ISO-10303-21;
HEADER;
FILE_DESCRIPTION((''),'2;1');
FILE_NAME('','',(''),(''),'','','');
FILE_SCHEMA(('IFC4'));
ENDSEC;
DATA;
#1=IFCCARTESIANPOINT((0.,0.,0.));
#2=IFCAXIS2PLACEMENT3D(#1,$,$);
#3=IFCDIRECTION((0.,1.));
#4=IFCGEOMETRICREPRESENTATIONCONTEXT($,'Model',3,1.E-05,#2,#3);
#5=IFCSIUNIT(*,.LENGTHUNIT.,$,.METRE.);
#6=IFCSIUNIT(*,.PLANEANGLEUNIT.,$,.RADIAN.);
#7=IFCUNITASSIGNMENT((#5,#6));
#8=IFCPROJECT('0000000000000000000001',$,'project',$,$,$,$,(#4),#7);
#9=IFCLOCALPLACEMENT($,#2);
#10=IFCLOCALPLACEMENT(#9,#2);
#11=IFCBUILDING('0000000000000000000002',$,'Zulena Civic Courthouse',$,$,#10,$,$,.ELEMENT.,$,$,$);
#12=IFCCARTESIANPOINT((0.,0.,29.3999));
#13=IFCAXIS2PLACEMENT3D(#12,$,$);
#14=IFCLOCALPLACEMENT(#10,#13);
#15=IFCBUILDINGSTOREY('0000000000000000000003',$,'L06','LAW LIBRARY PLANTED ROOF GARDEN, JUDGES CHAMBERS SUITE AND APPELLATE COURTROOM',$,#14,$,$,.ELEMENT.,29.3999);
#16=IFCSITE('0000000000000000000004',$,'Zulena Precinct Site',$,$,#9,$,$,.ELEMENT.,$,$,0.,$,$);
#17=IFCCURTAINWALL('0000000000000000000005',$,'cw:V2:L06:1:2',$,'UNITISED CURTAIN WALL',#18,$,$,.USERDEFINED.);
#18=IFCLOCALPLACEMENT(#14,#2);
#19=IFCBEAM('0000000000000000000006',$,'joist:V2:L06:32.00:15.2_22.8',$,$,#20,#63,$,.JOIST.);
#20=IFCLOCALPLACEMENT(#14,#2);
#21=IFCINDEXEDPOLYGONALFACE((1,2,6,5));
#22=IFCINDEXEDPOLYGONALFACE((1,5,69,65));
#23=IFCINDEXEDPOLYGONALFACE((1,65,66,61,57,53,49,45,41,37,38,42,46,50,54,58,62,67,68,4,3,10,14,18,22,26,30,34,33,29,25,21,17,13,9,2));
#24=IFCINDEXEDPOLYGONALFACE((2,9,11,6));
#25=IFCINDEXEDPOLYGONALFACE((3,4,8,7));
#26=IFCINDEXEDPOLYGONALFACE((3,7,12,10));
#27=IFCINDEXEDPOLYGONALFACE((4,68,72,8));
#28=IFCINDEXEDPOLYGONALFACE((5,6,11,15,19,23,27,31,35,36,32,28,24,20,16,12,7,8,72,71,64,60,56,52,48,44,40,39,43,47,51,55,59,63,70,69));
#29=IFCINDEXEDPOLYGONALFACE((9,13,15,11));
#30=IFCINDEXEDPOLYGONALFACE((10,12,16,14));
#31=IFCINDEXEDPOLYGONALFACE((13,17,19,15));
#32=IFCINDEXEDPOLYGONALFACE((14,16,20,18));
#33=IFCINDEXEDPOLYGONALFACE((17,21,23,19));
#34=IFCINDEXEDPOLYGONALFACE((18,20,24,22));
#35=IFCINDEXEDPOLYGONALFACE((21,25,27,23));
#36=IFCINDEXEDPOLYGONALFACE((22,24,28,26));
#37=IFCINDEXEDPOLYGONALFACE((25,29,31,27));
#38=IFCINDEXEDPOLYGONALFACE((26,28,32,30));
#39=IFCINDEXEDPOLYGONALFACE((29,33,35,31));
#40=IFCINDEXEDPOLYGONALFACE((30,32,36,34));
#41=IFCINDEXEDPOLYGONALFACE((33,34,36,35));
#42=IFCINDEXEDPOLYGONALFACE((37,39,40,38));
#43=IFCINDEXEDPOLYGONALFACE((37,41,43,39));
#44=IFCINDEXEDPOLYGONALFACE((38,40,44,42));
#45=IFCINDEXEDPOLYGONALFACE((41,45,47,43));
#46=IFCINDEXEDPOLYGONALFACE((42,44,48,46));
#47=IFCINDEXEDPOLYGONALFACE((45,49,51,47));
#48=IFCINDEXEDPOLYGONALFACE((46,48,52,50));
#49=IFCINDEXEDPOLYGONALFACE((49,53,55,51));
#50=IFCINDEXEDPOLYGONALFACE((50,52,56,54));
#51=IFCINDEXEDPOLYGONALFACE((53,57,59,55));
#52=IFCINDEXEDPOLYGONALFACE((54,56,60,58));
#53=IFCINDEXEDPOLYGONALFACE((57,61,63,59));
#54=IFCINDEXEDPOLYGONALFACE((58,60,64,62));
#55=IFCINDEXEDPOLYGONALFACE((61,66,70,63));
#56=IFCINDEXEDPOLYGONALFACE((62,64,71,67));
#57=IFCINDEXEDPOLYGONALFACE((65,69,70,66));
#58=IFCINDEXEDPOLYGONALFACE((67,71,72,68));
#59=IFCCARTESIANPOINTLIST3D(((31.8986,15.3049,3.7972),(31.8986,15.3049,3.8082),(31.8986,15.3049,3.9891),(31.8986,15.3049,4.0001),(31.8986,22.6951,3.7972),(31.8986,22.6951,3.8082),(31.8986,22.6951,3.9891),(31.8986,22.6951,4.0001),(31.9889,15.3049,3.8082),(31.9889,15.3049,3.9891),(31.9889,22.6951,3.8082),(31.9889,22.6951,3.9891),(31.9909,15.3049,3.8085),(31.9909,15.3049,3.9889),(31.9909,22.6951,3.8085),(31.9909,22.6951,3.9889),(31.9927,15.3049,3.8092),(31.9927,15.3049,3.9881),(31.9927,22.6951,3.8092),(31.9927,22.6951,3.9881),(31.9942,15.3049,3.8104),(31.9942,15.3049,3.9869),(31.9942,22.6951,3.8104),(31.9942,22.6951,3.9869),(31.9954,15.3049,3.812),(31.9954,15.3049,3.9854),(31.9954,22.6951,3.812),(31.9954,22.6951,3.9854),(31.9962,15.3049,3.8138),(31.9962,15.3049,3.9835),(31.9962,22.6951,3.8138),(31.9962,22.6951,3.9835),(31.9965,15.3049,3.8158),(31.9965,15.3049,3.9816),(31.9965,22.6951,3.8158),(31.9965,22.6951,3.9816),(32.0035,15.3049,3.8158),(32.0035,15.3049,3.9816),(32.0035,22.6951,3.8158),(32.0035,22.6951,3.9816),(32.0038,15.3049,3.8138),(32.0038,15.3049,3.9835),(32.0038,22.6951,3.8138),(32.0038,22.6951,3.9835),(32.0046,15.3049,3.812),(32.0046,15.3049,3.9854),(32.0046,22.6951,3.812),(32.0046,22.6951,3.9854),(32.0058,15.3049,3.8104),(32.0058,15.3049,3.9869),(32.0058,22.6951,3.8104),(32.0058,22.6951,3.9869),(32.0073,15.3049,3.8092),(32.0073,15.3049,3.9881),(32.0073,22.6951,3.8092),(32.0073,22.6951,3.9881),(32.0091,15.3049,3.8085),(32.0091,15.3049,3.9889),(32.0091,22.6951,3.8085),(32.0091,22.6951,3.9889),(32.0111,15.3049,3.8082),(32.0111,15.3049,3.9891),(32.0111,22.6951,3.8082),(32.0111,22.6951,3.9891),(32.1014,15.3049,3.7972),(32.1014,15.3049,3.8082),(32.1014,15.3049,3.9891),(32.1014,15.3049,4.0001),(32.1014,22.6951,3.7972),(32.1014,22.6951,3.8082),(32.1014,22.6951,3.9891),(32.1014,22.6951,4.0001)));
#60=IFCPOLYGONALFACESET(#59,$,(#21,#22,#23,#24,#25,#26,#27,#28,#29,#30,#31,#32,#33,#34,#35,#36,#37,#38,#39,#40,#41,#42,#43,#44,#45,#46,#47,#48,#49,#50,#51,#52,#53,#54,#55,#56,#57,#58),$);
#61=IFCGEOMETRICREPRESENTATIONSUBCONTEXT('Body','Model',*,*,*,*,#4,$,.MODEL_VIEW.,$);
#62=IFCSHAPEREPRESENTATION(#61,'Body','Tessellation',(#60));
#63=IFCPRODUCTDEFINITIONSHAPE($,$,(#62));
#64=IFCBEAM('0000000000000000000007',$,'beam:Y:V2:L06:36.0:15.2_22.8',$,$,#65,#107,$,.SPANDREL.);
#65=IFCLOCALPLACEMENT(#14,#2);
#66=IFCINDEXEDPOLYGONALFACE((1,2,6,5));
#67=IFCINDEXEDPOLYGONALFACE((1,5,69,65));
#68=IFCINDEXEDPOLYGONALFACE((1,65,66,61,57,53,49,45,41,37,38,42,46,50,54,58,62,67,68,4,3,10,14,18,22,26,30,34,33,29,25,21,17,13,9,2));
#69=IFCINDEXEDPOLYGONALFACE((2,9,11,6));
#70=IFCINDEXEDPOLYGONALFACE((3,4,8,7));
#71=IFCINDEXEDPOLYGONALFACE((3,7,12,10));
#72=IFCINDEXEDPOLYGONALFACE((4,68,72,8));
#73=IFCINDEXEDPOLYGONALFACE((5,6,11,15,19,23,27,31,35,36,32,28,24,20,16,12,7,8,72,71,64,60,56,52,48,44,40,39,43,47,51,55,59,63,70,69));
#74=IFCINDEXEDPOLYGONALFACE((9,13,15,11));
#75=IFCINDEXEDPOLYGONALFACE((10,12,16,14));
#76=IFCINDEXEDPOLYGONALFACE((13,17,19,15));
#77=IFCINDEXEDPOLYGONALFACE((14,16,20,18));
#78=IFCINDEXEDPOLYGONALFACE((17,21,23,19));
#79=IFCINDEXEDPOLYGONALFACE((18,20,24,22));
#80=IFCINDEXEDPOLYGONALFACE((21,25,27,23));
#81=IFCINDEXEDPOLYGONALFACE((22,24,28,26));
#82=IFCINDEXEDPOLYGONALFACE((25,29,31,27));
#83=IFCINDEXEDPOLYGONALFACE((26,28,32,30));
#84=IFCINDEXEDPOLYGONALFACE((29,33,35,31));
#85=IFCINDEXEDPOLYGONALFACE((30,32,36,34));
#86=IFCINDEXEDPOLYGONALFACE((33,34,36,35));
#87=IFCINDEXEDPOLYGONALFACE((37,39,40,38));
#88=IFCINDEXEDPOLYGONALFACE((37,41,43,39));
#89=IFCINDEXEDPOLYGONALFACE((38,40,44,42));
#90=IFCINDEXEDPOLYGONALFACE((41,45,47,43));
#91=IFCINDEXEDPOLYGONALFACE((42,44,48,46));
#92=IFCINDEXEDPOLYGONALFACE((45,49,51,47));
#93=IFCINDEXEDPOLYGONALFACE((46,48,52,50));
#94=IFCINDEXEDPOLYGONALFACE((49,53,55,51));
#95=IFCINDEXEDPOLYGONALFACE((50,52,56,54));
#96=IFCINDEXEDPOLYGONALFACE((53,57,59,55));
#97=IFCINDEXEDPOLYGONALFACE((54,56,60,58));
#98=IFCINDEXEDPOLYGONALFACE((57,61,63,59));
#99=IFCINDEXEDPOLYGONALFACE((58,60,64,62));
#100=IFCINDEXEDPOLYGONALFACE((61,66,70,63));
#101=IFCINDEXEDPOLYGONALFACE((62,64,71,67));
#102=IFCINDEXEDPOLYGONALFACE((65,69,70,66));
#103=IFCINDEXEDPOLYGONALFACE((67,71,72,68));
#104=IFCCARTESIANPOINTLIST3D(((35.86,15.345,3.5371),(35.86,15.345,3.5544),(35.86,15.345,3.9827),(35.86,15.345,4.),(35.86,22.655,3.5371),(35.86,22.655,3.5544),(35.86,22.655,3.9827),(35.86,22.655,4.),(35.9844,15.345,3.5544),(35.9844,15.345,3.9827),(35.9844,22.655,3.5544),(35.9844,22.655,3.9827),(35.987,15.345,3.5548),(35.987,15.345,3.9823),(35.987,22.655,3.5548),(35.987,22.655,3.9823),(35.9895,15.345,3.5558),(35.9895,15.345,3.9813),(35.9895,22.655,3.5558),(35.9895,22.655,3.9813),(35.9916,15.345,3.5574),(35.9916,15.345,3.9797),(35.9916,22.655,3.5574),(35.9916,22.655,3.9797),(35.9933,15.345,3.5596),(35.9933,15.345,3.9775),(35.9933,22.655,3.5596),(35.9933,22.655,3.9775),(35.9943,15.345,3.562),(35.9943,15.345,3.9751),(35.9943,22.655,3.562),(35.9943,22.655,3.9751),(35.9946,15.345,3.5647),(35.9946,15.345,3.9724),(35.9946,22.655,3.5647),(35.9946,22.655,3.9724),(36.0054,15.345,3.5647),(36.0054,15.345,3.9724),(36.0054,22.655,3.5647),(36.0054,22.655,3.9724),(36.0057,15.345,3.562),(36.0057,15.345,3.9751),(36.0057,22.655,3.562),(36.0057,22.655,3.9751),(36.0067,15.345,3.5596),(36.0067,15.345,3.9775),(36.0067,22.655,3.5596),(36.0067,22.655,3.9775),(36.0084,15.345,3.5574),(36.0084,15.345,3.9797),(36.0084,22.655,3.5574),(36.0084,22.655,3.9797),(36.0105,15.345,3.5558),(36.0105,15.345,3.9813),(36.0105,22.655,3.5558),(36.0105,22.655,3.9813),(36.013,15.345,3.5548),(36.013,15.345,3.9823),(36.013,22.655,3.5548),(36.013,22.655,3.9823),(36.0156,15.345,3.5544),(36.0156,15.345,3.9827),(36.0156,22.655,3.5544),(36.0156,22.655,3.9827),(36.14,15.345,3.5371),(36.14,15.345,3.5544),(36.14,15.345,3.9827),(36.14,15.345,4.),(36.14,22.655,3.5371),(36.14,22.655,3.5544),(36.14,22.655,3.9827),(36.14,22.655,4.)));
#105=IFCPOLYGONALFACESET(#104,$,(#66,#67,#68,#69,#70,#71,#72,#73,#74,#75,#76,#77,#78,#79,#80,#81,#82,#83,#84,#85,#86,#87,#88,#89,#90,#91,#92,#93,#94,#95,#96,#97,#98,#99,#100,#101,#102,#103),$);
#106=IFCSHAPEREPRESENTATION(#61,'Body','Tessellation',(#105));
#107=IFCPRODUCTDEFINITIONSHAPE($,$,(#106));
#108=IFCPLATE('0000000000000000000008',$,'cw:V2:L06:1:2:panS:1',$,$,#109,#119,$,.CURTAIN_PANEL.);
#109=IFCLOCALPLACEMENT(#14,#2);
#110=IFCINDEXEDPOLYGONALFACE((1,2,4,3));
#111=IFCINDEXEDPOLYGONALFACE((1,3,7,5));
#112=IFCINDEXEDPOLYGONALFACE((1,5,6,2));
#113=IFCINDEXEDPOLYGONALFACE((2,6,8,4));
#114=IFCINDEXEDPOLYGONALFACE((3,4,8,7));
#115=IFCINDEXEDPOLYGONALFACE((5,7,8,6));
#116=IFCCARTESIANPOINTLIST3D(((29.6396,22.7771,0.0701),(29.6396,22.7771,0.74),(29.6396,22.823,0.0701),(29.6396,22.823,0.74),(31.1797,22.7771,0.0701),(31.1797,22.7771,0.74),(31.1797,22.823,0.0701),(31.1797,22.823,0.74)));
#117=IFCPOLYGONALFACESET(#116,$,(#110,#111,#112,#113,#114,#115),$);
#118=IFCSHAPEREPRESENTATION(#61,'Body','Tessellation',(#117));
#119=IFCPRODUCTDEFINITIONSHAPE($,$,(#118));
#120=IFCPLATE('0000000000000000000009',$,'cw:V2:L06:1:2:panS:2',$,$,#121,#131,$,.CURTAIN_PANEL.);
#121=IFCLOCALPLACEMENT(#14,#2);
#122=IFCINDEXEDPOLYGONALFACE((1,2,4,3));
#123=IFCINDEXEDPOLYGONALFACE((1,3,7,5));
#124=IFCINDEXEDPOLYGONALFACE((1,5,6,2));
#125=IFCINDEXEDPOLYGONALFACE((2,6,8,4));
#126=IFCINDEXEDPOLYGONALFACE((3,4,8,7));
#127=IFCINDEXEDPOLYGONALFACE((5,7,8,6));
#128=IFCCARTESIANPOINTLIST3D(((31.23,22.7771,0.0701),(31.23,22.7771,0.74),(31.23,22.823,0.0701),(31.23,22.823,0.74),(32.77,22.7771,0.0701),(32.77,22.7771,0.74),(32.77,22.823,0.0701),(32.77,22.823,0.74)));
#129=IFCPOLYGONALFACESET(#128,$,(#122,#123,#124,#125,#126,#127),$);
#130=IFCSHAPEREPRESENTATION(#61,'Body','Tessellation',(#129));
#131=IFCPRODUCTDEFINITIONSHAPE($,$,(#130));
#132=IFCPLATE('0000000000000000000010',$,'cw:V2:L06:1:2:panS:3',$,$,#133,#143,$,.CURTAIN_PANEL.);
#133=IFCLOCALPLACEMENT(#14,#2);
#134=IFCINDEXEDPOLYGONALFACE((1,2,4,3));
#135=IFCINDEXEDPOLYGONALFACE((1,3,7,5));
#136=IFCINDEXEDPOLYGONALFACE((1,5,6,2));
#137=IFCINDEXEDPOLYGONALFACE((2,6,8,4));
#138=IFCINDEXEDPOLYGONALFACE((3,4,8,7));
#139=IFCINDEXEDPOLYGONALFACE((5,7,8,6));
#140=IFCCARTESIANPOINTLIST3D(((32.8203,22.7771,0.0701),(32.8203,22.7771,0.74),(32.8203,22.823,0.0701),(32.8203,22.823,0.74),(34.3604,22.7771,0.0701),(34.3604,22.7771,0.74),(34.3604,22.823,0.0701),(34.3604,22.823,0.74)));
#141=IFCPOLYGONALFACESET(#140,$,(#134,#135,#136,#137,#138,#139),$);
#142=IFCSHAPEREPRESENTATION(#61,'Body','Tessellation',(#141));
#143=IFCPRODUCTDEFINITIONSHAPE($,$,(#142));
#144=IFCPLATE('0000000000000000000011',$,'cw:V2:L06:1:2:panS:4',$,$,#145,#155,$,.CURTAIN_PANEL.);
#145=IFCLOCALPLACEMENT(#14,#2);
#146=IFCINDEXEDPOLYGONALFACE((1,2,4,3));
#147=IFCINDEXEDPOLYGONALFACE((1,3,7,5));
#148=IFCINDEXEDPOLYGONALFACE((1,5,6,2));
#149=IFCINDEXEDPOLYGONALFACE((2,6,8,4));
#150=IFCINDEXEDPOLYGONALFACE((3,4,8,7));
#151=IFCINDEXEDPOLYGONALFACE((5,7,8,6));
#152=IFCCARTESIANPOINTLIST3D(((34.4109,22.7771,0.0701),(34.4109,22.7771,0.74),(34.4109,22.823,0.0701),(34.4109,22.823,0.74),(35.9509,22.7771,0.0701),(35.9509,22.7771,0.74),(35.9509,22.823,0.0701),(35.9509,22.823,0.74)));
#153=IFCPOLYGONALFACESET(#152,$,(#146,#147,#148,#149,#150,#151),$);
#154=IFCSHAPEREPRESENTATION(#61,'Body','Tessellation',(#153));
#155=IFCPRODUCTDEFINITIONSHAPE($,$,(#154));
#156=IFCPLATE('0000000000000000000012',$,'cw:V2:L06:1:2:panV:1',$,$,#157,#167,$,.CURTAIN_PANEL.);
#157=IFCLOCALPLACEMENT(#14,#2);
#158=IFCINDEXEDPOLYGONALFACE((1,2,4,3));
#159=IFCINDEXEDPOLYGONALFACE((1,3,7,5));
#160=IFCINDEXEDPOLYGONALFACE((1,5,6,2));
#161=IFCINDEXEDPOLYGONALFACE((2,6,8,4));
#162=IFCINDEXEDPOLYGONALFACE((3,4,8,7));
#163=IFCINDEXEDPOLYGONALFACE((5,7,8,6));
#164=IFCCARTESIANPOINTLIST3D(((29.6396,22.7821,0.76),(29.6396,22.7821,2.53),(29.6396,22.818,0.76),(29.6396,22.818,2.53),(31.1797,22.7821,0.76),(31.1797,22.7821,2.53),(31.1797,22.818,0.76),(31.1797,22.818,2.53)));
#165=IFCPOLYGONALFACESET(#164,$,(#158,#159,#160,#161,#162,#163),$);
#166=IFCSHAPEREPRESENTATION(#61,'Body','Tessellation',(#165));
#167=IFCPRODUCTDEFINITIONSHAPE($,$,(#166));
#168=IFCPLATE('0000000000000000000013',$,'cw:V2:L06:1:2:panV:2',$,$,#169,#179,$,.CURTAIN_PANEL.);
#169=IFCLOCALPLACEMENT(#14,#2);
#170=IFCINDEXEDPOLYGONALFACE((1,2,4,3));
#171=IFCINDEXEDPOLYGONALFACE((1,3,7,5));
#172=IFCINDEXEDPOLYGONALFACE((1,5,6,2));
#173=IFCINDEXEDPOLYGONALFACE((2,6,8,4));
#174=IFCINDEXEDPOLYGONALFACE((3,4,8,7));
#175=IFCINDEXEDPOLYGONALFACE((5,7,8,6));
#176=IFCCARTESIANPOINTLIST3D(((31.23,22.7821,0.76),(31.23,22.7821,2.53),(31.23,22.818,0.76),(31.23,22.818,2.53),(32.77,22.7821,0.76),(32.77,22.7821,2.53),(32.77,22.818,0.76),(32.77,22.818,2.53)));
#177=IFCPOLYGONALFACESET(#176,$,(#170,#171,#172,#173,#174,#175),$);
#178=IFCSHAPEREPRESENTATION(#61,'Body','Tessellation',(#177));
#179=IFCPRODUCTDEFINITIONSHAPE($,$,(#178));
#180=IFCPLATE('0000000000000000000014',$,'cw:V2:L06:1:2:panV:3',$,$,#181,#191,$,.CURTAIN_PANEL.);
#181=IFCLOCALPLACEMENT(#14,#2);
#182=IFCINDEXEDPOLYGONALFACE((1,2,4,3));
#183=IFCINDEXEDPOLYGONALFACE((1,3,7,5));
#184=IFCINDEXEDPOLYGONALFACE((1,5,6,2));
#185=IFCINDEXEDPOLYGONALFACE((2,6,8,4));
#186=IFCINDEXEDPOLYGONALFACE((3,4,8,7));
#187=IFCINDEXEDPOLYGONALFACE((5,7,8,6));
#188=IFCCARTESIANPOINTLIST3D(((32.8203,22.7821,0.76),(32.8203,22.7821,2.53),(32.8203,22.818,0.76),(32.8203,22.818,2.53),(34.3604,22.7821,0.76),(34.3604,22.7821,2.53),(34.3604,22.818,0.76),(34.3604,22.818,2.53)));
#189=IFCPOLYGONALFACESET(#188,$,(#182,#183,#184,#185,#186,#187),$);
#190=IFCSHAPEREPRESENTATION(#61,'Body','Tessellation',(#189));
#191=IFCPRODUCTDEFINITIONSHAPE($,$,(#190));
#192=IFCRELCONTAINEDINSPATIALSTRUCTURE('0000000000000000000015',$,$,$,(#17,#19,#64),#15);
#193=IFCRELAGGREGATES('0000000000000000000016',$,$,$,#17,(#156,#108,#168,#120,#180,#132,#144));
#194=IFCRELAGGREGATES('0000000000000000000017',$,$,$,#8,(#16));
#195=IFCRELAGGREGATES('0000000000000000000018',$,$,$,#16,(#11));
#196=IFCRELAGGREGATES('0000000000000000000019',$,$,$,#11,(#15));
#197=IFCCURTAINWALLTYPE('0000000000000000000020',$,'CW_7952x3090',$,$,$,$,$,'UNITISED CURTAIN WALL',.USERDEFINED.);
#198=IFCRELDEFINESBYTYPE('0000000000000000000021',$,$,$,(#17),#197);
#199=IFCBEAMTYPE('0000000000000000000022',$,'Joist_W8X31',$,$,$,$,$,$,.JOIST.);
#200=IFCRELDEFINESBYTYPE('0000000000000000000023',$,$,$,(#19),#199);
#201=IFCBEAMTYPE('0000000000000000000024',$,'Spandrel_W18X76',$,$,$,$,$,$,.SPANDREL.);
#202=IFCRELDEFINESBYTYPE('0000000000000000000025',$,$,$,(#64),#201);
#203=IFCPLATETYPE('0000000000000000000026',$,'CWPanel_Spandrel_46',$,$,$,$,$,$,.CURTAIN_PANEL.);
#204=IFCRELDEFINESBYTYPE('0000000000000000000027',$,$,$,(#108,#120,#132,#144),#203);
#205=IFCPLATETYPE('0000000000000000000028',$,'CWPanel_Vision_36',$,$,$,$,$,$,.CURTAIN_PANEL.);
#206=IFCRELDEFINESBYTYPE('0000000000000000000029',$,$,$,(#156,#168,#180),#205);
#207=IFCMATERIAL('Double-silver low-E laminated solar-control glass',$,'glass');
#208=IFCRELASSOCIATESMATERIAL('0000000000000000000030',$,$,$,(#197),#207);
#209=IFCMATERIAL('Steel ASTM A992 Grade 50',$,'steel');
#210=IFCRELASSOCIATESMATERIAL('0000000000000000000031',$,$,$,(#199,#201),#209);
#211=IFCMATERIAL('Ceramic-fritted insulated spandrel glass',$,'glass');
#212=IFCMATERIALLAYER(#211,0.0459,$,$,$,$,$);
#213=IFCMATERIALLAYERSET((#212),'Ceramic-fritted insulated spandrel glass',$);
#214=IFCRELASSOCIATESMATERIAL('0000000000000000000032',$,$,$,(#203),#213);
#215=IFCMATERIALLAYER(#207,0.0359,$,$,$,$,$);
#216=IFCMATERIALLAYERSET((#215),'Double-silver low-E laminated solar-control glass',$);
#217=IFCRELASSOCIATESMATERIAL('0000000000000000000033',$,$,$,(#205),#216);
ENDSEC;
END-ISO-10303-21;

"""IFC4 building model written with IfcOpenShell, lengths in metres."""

from ifc_helpers import new_model, si_unit, direction, frame, origin, origin_2d, place, context, subcontext, project, spatial, rectangle, i_section, extrude, material, layer, layer_set, material_profile, profile_set, type_object, element, aggregate, save


model = new_model("IFC4")

# Units and contexts
model_context = context("Model", 3, precision=1e-05, world=origin(), true_north=direction((0.0, 1.0)))
body_context = subcontext(model_context, "Body", "Model", "MODEL_VIEW")
ifc_project = project(units=[si_unit("LENGTHUNIT", "METRE"), si_unit("PLANEANGLEUNIT", "RADIAN")], contexts=[model_context])

# Site, building, storey
site_placement = place(None, origin())
site = spatial("IfcSite", under=ifc_project, at=site_placement, Name="Zulena Precinct Site", CompositionType="ELEMENT", RefElevation=0.0)
building_placement = place(site_placement, origin())
building = spatial("IfcBuilding", under=site, at=building_placement, Name="Zulena Civic Courthouse", CompositionType="ELEMENT")
storey_placement = place(building_placement, frame((0.0, 0.0, 29.3999)))
storey = spatial("IfcBuildingStorey", under=building, at=storey_placement, Name="L06", Description="LAW LIBRARY PLANTED ROOF GARDEN, JUDGES CHAMBERS SUITE AND APPELLATE COURTROOM", CompositionType="ELEMENT", Elevation=29.3999)

# Shared definitions
ifc_material_1 = material(Name="Steel ASTM A992 Grade 50", Category="steel")

# Curtain wall
ifc_material_2 = material(Name="Double-silver low-E laminated solar-control glass", Category="glass")
curtain_wall_type = type_object("IfcCurtainWallType", Name="CW_7952x3090", ElementType="UNITISED CURTAIN WALL", PredefinedType="USERDEFINED", material=ifc_material_2)
curtain_wall_placement = place(storey_placement, origin())
curtain_wall = element("IfcCurtainWall", 1, at=curtain_wall_placement, inside=storey, type_object=curtain_wall_type, Name="cw:V2:L06:1:2", ObjectType="UNITISED CURTAIN WALL", PredefinedType="USERDEFINED")

# Beams
ifc_material_profile_1 = material_profile(ifc_material_1, i_section(OverallWidth=0.2029, OverallDepth=0.2029, WebThickness=0.0071, FlangeThickness=0.011, FilletRadius=0.0076, at=origin_2d()), Name="W8X31")
ifc_profile_set_1 = profile_set([ifc_material_profile_1], Name="Steel ASTM A992 Grade 50")
beam_type_1 = type_object("IfcBeamType", Name="Joist_W8X31", PredefinedType="JOIST", material=ifc_profile_set_1)
beam_1_placement = place(storey_placement, frame((32.0, 15.3049, 3.8987), z_axis=(0.0, 1.0, 0.0), x_axis=(-1.0, 0.0, 0.0)))
element("IfcBeam", 2, at=beam_1_placement, inside=storey, type_object=beam_type_1, Name="joist:V2:L06:32.00:15.2_22.8", PredefinedType="JOIST", context=body_context, shape_type="SweptSolid", body=[
    extrude(i_section(OverallWidth=0.2029, OverallDepth=0.2029, WebThickness=0.0071, FlangeThickness=0.011, FilletRadius=0.0076, at=origin_2d()), origin(), (0.0, 0.0, 1.0), 7.3901),
])
ifc_material_profile_2 = material_profile(ifc_material_1, i_section(OverallWidth=0.28, OverallDepth=0.4629, WebThickness=0.0107, FlangeThickness=0.0173, FilletRadius=0.0103, at=origin_2d()), Name="W18X76")
ifc_profile_set_2 = profile_set([ifc_material_profile_2], Name="Steel ASTM A992 Grade 50")
beam_type_2 = type_object("IfcBeamType", Name="Spandrel_W18X76", PredefinedType="SPANDREL", material=ifc_profile_set_2)
beam_2_placement = place(storey_placement, frame((36.0, 15.345, 3.7686), z_axis=(0.0, 1.0, 0.0), x_axis=(-1.0, 0.0, 0.0)))
element("IfcBeam", 3, at=beam_2_placement, inside=storey, type_object=beam_type_2, Name="beam:Y:V2:L06:36.0:15.2_22.8", PredefinedType="SPANDREL", context=body_context, shape_type="SweptSolid", body=[
    extrude(i_section(OverallWidth=0.28, OverallDepth=0.4629, WebThickness=0.0107, FlangeThickness=0.0173, FilletRadius=0.0103, at=origin_2d()), origin(), (0.0, 0.0, 1.0), 7.3101),
])

# Plates
ifc_material_3 = material(Name="Ceramic-fritted insulated spandrel glass", Category="glass")
ifc_layer_1 = layer(ifc_material_3, 0.0459)
ifc_layer_set_1 = layer_set([ifc_layer_1], Name="Ceramic-fritted insulated spandrel glass")
plate_type_1 = type_object("IfcPlateType", Name="CWPanel_Spandrel_46", PredefinedType="CURTAIN_PANEL", material=ifc_layer_set_1)
plate_1_placement = place(storey_placement, frame((30.4097, 22.8, 0.0701), z_axis=(0.0, 0.0, 1.0), x_axis=(1.0, 0.0, 0.0)))
plate_1 = element("IfcPlate", 4, at=plate_1_placement, type_object=plate_type_1, Name="cw:V2:L06:1:2:panS:1", PredefinedType="CURTAIN_PANEL", context=body_context, shape_type="SweptSolid", body=[
    extrude(rectangle(XDim=1.54, YDim=0.0459, at=origin_2d()), origin(), (0.0, 0.0, 1.0), 0.6699),
])
plate_2_placement = place(storey_placement, frame((32.0, 22.8, 0.0701), z_axis=(0.0, 0.0, 1.0), x_axis=(1.0, 0.0, 0.0)))
plate_2 = element("IfcPlate", 5, at=plate_2_placement, type_object=plate_type_1, Name="cw:V2:L06:1:2:panS:2", PredefinedType="CURTAIN_PANEL", context=body_context, shape_type="SweptSolid", body=[
    extrude(rectangle(XDim=1.54, YDim=0.0459, at=origin_2d()), origin(), (0.0, 0.0, 1.0), 0.6699),
])
plate_3_placement = place(storey_placement, frame((33.5903, 22.8, 0.0701), z_axis=(0.0, 0.0, 1.0), x_axis=(1.0, 0.0, 0.0)))
plate_3 = element("IfcPlate", 6, at=plate_3_placement, type_object=plate_type_1, Name="cw:V2:L06:1:2:panS:3", PredefinedType="CURTAIN_PANEL", context=body_context, shape_type="SweptSolid", body=[
    extrude(rectangle(XDim=1.54, YDim=0.0459, at=origin_2d()), origin(), (0.0, 0.0, 1.0), 0.6699),
])
plate_4_placement = place(storey_placement, frame((35.1809, 22.8, 0.0701), z_axis=(0.0, 0.0, 1.0), x_axis=(1.0, 0.0, 0.0)))
plate_4 = element("IfcPlate", 7, at=plate_4_placement, type_object=plate_type_1, Name="cw:V2:L06:1:2:panS:4", PredefinedType="CURTAIN_PANEL", context=body_context, shape_type="SweptSolid", body=[
    extrude(rectangle(XDim=1.54, YDim=0.0459, at=origin_2d()), origin(), (0.0, 0.0, 1.0), 0.6699),
])
ifc_layer_2 = layer(ifc_material_2, 0.0359)
ifc_layer_set_2 = layer_set([ifc_layer_2], Name="Double-silver low-E laminated solar-control glass")
plate_type_2 = type_object("IfcPlateType", Name="CWPanel_Vision_36", PredefinedType="CURTAIN_PANEL", material=ifc_layer_set_2)
plate_5_placement = place(storey_placement, frame((30.4097, 22.8, 0.76), z_axis=(0.0, 0.0, 1.0), x_axis=(1.0, 0.0, 0.0)))
plate_5 = element("IfcPlate", 8, at=plate_5_placement, type_object=plate_type_2, Name="cw:V2:L06:1:2:panV:1", PredefinedType="CURTAIN_PANEL", context=body_context, shape_type="SweptSolid", body=[
    extrude(rectangle(XDim=1.54, YDim=0.0359, at=origin_2d()), origin(), (0.0, 0.0, 1.0), 1.77),
])
plate_6_placement = place(storey_placement, frame((32.0, 22.8, 0.76), z_axis=(0.0, 0.0, 1.0), x_axis=(1.0, 0.0, 0.0)))
plate_6 = element("IfcPlate", 9, at=plate_6_placement, type_object=plate_type_2, Name="cw:V2:L06:1:2:panV:2", PredefinedType="CURTAIN_PANEL", context=body_context, shape_type="SweptSolid", body=[
    extrude(rectangle(XDim=1.54, YDim=0.0359, at=origin_2d()), origin(), (0.0, 0.0, 1.0), 1.77),
])
plate_7_placement = place(storey_placement, frame((33.5903, 22.8, 0.76), z_axis=(0.0, 0.0, 1.0), x_axis=(1.0, 0.0, 0.0)))
plate_7 = element("IfcPlate", 10, at=plate_7_placement, type_object=plate_type_2, Name="cw:V2:L06:1:2:panV:3", PredefinedType="CURTAIN_PANEL", context=body_context, shape_type="SweptSolid", body=[
    extrude(rectangle(XDim=1.54, YDim=0.0359, at=origin_2d()), origin(), (0.0, 0.0, 1.0), 1.77),
])
aggregate(curtain_wall, [plate_5, plate_1, plate_6, plate_2, plate_7, plate_3, plate_4])

save(model, "model.ifc")
